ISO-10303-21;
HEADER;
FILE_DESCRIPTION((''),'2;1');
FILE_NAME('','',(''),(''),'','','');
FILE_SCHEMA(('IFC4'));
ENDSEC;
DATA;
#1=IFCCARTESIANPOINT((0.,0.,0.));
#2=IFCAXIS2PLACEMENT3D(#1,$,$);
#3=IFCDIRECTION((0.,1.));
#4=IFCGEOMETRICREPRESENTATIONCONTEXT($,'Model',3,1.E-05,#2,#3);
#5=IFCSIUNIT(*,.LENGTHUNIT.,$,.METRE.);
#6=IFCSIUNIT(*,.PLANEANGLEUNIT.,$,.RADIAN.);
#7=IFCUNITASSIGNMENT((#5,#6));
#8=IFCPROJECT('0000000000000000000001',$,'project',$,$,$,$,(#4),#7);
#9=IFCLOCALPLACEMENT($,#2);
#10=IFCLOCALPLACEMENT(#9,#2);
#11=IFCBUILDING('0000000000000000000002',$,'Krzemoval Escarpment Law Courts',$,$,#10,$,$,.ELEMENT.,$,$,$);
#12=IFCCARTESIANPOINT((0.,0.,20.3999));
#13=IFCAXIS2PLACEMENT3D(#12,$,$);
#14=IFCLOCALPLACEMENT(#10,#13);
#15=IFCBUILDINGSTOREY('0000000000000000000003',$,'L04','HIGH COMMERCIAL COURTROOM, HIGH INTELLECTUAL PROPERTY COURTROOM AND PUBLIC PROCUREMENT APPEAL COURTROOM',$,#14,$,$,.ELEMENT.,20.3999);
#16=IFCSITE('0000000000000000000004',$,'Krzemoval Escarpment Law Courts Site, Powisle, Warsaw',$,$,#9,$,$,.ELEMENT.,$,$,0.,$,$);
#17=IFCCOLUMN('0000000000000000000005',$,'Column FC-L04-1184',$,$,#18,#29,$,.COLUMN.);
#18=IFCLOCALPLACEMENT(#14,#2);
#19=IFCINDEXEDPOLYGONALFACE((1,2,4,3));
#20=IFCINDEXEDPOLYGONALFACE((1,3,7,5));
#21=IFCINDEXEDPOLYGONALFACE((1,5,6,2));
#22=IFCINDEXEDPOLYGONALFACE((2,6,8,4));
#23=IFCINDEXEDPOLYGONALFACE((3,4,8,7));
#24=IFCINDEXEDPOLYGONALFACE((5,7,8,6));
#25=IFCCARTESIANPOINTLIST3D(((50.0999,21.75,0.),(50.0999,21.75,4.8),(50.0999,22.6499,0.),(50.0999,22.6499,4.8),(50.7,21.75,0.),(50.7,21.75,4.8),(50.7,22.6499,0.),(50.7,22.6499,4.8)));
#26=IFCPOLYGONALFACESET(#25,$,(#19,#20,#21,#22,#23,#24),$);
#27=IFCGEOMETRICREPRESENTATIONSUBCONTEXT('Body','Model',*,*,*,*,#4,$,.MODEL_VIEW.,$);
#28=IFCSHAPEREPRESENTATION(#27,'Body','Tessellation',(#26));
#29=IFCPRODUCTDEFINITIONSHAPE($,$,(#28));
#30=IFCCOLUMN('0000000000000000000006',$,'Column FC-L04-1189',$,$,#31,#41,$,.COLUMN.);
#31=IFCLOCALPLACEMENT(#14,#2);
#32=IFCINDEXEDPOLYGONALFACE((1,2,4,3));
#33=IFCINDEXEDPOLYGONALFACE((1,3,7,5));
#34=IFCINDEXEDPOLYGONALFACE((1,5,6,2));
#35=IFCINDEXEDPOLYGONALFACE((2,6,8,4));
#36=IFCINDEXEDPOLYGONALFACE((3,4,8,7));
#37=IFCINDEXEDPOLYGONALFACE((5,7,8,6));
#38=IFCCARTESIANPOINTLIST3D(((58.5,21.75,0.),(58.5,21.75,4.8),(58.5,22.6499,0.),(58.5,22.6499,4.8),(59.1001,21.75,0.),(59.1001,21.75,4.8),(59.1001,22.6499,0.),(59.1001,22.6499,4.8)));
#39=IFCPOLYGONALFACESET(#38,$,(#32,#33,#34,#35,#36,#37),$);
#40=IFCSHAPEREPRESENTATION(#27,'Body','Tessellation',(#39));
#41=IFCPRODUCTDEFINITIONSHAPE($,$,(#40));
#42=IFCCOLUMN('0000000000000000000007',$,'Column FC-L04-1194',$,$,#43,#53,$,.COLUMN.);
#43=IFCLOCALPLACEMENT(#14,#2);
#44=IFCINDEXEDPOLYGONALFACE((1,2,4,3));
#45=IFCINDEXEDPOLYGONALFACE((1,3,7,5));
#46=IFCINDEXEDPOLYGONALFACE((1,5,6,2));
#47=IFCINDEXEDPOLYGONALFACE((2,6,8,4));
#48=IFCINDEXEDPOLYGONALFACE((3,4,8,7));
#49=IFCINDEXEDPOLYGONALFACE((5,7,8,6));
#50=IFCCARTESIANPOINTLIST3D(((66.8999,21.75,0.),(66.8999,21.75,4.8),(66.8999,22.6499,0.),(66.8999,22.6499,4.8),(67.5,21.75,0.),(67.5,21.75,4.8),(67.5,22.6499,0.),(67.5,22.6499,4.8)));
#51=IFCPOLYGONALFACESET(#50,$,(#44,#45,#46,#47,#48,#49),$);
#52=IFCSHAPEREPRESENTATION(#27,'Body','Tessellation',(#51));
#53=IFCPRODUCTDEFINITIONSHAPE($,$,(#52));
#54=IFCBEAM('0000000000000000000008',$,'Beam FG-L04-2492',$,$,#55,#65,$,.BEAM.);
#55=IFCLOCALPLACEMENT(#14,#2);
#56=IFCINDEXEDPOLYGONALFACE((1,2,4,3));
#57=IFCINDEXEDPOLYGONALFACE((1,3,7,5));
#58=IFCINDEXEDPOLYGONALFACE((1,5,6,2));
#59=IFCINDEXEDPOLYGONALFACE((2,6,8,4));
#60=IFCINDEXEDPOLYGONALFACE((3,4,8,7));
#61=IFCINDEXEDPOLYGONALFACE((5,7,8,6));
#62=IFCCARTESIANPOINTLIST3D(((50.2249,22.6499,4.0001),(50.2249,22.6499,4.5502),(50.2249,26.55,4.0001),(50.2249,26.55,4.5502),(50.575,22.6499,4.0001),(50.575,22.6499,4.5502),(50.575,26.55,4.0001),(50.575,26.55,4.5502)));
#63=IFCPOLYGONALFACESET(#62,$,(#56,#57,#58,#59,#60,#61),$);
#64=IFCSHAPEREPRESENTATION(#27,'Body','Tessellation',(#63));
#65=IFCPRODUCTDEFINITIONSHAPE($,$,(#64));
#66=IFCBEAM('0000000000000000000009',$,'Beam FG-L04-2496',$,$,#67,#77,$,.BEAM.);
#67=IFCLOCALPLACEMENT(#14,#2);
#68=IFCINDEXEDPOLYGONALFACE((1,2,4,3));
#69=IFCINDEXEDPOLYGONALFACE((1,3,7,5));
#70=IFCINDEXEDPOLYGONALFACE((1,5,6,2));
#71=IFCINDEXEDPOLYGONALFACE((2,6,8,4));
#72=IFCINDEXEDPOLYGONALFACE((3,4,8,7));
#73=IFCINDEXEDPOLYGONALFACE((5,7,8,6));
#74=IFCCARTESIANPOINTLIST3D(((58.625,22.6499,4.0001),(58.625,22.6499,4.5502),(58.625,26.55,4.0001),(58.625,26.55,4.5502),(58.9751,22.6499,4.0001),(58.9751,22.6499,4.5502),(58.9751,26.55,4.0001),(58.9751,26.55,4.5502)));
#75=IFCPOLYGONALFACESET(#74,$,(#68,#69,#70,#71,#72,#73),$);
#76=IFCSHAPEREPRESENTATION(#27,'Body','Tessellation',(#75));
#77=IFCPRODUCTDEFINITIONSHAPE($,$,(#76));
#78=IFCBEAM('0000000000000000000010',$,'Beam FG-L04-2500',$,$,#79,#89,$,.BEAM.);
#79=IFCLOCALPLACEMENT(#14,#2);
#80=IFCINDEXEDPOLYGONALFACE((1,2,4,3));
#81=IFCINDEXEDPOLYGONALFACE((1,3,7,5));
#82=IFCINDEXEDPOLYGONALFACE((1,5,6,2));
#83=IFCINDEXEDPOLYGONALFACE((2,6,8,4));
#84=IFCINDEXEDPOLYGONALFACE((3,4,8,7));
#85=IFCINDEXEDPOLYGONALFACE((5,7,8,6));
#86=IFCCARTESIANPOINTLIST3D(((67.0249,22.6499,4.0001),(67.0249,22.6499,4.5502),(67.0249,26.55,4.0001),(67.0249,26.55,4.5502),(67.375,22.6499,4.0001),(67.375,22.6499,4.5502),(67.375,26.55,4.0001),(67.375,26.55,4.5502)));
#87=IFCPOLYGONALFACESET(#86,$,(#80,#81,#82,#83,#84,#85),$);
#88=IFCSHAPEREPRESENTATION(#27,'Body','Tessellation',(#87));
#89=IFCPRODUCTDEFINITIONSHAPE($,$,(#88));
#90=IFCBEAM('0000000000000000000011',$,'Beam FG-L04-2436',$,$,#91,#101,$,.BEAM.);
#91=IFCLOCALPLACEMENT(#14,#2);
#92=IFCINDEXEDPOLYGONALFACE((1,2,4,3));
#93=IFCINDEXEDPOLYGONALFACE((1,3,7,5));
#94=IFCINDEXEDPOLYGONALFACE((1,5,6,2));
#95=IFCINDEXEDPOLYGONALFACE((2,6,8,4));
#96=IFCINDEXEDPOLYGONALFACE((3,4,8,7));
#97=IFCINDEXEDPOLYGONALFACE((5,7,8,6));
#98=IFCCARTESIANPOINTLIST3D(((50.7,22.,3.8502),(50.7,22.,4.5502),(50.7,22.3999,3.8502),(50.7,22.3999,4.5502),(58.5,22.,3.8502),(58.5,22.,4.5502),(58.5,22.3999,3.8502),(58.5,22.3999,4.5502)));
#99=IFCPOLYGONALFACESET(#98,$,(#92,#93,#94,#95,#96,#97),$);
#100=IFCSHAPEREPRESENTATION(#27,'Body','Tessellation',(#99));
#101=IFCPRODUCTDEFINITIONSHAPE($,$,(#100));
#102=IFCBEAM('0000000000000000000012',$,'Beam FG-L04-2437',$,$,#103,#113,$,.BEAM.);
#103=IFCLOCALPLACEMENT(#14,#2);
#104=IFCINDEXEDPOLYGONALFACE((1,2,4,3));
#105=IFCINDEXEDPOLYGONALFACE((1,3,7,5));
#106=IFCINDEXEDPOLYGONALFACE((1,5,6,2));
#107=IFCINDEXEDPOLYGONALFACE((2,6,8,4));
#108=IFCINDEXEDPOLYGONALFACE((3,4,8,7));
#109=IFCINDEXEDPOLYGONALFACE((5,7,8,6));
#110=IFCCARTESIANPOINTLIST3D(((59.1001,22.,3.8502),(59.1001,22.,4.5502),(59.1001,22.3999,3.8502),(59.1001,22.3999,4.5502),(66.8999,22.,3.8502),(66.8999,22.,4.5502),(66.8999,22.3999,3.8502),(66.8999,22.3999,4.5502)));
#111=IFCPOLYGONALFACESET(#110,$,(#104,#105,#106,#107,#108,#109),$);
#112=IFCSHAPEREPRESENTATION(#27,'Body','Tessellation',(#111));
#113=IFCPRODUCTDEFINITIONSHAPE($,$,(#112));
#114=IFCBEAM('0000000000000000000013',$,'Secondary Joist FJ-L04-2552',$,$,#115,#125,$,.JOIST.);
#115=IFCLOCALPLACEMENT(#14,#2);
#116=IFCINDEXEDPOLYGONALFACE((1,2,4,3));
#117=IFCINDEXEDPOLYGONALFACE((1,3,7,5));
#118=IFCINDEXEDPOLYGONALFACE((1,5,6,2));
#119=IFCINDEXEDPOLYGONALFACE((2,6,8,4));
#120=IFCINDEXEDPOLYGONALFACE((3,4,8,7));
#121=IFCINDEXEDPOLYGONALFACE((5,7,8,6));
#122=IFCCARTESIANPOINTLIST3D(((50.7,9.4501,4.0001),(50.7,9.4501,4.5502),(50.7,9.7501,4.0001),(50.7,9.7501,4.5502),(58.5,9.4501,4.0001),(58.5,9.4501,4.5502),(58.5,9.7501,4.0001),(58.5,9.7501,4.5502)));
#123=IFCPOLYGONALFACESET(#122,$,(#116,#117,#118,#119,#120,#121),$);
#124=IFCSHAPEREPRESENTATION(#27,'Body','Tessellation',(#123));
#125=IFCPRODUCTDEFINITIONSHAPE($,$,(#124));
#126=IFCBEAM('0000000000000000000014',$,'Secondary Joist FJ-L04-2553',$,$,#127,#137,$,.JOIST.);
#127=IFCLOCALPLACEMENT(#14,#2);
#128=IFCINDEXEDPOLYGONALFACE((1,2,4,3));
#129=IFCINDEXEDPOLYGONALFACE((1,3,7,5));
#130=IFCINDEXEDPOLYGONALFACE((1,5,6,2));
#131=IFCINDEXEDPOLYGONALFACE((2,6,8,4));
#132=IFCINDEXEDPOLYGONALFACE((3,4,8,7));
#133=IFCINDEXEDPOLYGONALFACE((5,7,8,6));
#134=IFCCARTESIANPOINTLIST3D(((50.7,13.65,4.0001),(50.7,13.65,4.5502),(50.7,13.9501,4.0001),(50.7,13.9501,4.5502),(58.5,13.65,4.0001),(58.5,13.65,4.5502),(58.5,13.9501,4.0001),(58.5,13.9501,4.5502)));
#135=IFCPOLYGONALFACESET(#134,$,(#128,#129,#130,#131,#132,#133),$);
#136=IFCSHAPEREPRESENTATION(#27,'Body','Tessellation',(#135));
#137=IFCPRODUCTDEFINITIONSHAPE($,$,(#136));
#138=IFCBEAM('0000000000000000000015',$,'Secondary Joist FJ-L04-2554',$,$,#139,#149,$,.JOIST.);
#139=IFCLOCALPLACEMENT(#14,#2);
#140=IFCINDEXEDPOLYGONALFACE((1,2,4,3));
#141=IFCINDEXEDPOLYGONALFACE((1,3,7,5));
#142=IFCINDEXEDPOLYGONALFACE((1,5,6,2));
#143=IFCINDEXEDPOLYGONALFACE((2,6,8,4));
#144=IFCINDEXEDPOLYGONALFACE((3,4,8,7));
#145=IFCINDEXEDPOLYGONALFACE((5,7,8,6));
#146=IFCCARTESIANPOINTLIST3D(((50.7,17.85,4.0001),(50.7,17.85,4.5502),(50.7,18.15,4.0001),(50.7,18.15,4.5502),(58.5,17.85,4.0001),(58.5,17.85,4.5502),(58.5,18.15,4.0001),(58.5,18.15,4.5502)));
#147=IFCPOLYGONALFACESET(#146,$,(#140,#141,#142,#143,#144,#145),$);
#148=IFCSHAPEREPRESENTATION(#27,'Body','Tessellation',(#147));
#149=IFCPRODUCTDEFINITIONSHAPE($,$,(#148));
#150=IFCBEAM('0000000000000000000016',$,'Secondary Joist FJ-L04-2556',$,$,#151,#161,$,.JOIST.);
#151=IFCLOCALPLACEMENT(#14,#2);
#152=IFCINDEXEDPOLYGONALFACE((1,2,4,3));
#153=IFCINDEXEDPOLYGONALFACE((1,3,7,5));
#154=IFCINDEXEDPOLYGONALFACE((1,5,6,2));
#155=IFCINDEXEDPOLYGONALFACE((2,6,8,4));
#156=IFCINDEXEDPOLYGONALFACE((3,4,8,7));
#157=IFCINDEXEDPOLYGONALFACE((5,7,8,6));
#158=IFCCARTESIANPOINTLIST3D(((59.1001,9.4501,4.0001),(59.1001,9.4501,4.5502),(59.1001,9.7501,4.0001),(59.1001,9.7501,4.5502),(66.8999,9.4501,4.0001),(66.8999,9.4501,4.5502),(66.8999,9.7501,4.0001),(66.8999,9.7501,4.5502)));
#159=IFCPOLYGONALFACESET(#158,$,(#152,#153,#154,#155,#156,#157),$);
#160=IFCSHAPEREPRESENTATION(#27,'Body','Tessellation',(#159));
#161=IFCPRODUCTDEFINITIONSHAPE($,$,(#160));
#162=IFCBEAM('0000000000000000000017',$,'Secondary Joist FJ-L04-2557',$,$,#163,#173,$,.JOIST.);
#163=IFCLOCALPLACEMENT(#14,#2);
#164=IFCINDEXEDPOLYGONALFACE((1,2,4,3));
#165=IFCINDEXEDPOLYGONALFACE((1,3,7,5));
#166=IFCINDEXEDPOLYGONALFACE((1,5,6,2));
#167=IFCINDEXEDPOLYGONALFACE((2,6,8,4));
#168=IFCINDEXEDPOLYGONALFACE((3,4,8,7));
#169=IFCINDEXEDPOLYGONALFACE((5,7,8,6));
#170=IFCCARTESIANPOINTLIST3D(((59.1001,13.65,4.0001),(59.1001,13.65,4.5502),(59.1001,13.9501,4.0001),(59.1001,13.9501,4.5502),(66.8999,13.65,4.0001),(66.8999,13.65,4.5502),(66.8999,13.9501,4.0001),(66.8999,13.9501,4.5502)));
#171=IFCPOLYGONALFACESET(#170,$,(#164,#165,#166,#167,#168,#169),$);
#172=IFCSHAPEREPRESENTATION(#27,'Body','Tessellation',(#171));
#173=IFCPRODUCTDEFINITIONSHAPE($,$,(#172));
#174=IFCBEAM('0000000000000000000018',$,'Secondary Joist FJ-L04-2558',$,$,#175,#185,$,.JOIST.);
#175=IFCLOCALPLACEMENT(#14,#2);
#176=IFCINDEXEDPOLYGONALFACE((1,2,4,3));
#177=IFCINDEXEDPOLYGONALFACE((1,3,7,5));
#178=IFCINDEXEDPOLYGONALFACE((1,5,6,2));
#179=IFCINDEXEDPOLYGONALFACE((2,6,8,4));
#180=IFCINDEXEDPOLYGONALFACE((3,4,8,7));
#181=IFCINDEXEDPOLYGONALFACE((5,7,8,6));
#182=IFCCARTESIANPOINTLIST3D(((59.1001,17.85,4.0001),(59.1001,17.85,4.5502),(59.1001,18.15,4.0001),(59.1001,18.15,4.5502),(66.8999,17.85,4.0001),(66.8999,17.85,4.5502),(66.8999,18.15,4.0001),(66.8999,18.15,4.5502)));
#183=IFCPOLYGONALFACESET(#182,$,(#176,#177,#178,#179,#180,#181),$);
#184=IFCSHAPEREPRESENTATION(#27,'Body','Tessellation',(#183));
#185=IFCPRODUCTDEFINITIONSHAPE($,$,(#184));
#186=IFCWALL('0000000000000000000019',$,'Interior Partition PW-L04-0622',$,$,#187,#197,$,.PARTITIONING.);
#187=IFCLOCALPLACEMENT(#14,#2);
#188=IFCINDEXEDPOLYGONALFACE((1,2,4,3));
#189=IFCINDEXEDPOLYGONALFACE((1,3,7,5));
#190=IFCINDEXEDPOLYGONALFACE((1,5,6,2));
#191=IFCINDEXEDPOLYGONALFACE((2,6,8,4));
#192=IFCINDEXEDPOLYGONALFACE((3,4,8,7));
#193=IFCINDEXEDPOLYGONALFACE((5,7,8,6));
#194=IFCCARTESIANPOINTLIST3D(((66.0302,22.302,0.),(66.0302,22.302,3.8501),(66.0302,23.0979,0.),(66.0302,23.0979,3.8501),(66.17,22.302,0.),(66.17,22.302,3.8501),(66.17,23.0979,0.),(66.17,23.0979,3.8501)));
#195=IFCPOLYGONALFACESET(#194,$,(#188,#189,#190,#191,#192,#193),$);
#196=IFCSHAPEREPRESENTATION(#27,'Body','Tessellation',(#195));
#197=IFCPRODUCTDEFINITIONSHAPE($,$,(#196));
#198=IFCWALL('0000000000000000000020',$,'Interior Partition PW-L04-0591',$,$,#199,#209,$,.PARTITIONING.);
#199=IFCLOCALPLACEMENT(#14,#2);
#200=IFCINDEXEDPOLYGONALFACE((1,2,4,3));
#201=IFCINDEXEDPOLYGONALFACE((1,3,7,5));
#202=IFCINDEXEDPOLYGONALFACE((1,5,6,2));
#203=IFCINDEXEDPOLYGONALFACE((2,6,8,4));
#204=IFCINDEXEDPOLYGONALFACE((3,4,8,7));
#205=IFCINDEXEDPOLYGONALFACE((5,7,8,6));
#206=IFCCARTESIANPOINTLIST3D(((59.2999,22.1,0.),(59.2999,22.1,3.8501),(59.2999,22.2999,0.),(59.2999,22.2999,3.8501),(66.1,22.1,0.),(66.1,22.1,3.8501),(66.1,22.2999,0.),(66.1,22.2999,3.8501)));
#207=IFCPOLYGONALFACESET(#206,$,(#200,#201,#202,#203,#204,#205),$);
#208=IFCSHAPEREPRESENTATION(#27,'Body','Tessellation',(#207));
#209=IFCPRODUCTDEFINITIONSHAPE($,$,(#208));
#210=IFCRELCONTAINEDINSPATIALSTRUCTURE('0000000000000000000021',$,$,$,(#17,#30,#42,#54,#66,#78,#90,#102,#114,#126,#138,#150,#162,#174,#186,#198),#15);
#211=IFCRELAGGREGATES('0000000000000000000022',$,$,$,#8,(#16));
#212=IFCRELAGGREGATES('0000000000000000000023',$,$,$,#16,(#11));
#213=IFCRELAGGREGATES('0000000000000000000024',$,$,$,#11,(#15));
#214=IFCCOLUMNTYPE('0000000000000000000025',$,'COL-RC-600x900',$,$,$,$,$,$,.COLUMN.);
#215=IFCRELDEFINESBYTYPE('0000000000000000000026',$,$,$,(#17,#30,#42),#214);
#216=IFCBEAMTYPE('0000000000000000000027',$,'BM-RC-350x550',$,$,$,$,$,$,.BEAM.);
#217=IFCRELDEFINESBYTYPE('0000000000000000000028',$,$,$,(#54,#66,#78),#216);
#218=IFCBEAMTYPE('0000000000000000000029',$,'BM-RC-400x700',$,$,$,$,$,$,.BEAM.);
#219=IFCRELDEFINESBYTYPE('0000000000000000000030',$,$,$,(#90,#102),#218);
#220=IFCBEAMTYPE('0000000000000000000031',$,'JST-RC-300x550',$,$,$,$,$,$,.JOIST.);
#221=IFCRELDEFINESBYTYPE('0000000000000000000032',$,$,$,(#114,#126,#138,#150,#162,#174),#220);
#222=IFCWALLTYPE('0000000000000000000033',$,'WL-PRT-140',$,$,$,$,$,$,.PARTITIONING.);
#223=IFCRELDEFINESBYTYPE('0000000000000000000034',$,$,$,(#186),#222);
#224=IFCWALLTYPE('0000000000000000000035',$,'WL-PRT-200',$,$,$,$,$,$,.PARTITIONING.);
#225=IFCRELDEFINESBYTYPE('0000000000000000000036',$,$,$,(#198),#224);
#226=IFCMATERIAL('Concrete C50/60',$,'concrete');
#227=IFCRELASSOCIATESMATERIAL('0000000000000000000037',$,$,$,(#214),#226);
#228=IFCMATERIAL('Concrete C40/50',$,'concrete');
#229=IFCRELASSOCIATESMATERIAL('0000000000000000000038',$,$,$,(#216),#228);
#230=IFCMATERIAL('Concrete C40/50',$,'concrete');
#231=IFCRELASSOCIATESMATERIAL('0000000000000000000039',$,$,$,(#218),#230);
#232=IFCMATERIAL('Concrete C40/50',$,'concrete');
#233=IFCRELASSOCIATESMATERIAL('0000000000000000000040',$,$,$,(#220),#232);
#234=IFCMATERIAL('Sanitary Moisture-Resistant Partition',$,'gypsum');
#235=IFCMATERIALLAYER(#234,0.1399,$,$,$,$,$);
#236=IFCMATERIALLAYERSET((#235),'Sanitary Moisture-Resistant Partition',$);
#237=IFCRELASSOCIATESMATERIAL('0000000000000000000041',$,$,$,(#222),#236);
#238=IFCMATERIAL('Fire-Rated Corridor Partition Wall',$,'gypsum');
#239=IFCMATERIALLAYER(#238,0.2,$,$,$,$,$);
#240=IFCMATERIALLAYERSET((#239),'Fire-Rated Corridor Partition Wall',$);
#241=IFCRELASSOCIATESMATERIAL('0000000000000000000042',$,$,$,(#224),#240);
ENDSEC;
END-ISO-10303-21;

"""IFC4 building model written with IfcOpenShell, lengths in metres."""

from ifc_helpers import new_model, si_unit, direction, frame, frame_2d, origin, origin_2d, place, context, subcontext, project, spatial, rectangle, extrude, material, layer, layer_set, material_profile, profile_set, type_object, element, save


model = new_model("IFC4")

# Units and contexts
model_context = context("Model", 3, precision=1e-05, world=origin(), true_north=direction((0.0, 1.0)))
body_context = subcontext(model_context, "Body", "Model", "MODEL_VIEW")
ifc_project = project(units=[si_unit("LENGTHUNIT", "METRE"), si_unit("PLANEANGLEUNIT", "RADIAN")], contexts=[model_context])

# Site, building, storey
site_placement = place(None, origin())
site = spatial("IfcSite", under=ifc_project, at=site_placement, Name="Krzemoval Escarpment Law Courts Site, Powisle, Warsaw", CompositionType="ELEMENT", RefElevation=0.0)
building_placement = place(site_placement, origin())
building = spatial("IfcBuilding", under=site, at=building_placement, Name="Krzemoval Escarpment Law Courts", CompositionType="ELEMENT")
storey_placement = place(building_placement, frame((0.0, 0.0, 20.3999)))
storey = spatial("IfcBuildingStorey", under=building, at=storey_placement, Name="L04", Description="HIGH COMMERCIAL COURTROOM, HIGH INTELLECTUAL PROPERTY COURTROOM AND PUBLIC PROCUREMENT APPEAL COURTROOM", CompositionType="ELEMENT", Elevation=20.3999)

# Columns
ifc_material_1 = material(Name="Concrete C50/60", Category="concrete")
ifc_material_profile_1 = material_profile(ifc_material_1, rectangle(XDim=0.6001, YDim=0.8999, at=origin_2d()), Name="RC 600x900")
ifc_profile_set_1 = profile_set([ifc_material_profile_1], Name="Concrete C50/60")
column_type = type_object("IfcColumnType", Name="COL-RC-600x900", PredefinedType="COLUMN", material=ifc_profile_set_1)
for number, where, z_axis, x_axis, name in (
    (1, (50.3999, 22.2, 0.0), (0.0, 0.0, 1.0), (1.0, 0.0, 0.0), "Column FC-L04-1184"),
    (2, (58.8, 22.2, 0.0), (0.0, 0.0, 1.0), (1.0, 0.0, 0.0), "Column FC-L04-1189"),
    (3, (67.2, 22.2, 0.0), (0.0, 0.0, 1.0), (1.0, 0.0, 0.0), "Column FC-L04-1194"),
):
    element("IfcColumn", number, at=place(storey_placement, frame(where, z_axis=z_axis, x_axis=x_axis)), inside=storey, type_object=column_type, Name=name, PredefinedType="COLUMN", context=body_context, shape_type="SweptSolid", body=[
        extrude(rectangle(XDim=0.6001, YDim=0.8999, at=origin_2d()), origin(), (0.0, 0.0, 1.0), 4.8),
    ])

# Beams
ifc_material_2 = material(Name="Concrete C40/50", Category="concrete")
ifc_material_profile_2 = material_profile(ifc_material_2, rectangle(XDim=0.3501, YDim=0.55, at=origin_2d()), Name="RCB 350x550")
ifc_profile_set_2 = profile_set([ifc_material_profile_2], Name="Concrete C40/50")
beam_type_1 = type_object("IfcBeamType", Name="BM-RC-350x550", PredefinedType="BEAM", material=ifc_profile_set_2)
for number, where, z_axis, x_axis, name in (
    (4, (50.3999, 22.6499, 4.2751), (0.0, 1.0, 0.0), (-1.0, 0.0, 0.0), "Beam FG-L04-2492"),
    (5, (58.8, 22.6499, 4.2751), (0.0, 1.0, 0.0), (-1.0, 0.0, 0.0), "Beam FG-L04-2496"),
    (6, (67.2, 22.6499, 4.2751), (0.0, 1.0, 0.0), (-1.0, 0.0, 0.0), "Beam FG-L04-2500"),
):
    element("IfcBeam", number, at=place(storey_placement, frame(where, z_axis=z_axis, x_axis=x_axis)), inside=storey, type_object=beam_type_1, Name=name, PredefinedType="BEAM", context=body_context, shape_type="SweptSolid", body=[
        extrude(rectangle(XDim=0.3501, YDim=0.55, at=origin_2d()), origin(), (0.0, 0.0, 1.0), 3.9001),
    ])
ifc_material_3 = material(Name="Concrete C40/50", Category="concrete")
ifc_material_profile_3 = material_profile(ifc_material_3, rectangle(XDim=0.3999, YDim=0.7, at=origin_2d()), Name="RCB 400x700")
ifc_profile_set_3 = profile_set([ifc_material_profile_3], Name="Concrete C40/50")
beam_type_2 = type_object("IfcBeamType", Name="BM-RC-400x700", PredefinedType="BEAM", material=ifc_profile_set_3)
beam_1_placement = place(storey_placement, frame((50.7, 22.2, 4.2002), z_axis=(1.0, 0.0, 0.0), x_axis=(0.0, 1.0, 0.0)))
element("IfcBeam", 7, at=beam_1_placement, inside=storey, type_object=beam_type_2, Name="Beam FG-L04-2436", PredefinedType="BEAM", context=body_context, shape_type="SweptSolid", body=[
    extrude(rectangle(XDim=0.3999, YDim=0.7, at=origin_2d()), origin(), (0.0, 0.0, 1.0), 7.8),
])
beam_2_placement = place(storey_placement, frame((59.1001, 22.2, 4.2002), z_axis=(1.0, 0.0, 0.0), x_axis=(0.0, 1.0, 0.0)))
element("IfcBeam", 8, at=beam_2_placement, inside=storey, type_object=beam_type_2, Name="Beam FG-L04-2437", PredefinedType="BEAM", context=body_context, shape_type="SweptSolid", body=[
    extrude(rectangle(XDim=0.3999, YDim=0.7, at=origin_2d()), origin(), (0.0, 0.0, 1.0), 7.7998),
])
ifc_material_4 = material(Name="Concrete C40/50", Category="concrete")
ifc_material_profile_4 = material_profile(ifc_material_4, rectangle(XDim=0.3, YDim=0.55, at=origin_2d()), Name="RCB 300x550")
ifc_profile_set_4 = profile_set([ifc_material_profile_4], Name="Concrete C40/50")
beam_type_3 = type_object("IfcBeamType", Name="JST-RC-300x550", PredefinedType="JOIST", material=ifc_profile_set_4)
for number, where, z_axis, x_axis, name in (
    (9, (50.7, 9.6001, 4.2751), (1.0, 0.0, 0.0), (0.0, 1.0, 0.0), "Secondary Joist FJ-L04-2552"),
    (10, (50.7, 13.8, 4.2751), (1.0, 0.0, 0.0), (0.0, 1.0, 0.0), "Secondary Joist FJ-L04-2553"),
    (11, (50.7, 18.0, 4.2751), (1.0, 0.0, 0.0), (0.0, 1.0, 0.0), "Secondary Joist FJ-L04-2554"),
):
    element("IfcBeam", number, at=place(storey_placement, frame(where, z_axis=z_axis, x_axis=x_axis)), inside=storey, type_object=beam_type_3, Name=name, PredefinedType="JOIST", context=body_context, shape_type="SweptSolid", body=[
        extrude(rectangle(XDim=0.3, YDim=0.55, at=origin_2d()), origin(), (0.0, 0.0, 1.0), 7.8),
    ])
for number, where, z_axis, x_axis, name in (
    (12, (59.1001, 9.6001, 4.2751), (1.0, 0.0, 0.0), (0.0, 1.0, 0.0), "Secondary Joist FJ-L04-2556"),
    (13, (59.1001, 13.8, 4.2751), (1.0, 0.0, 0.0), (0.0, 1.0, 0.0), "Secondary Joist FJ-L04-2557"),
    (14, (59.1001, 18.0, 4.2751), (1.0, 0.0, 0.0), (0.0, 1.0, 0.0), "Secondary Joist FJ-L04-2558"),
):
    element("IfcBeam", number, at=place(storey_placement, frame(where, z_axis=z_axis, x_axis=x_axis)), inside=storey, type_object=beam_type_3, Name=name, PredefinedType="JOIST", context=body_context, shape_type="SweptSolid", body=[
        extrude(rectangle(XDim=0.3, YDim=0.55, at=origin_2d()), origin(), (0.0, 0.0, 1.0), 7.7998),
    ])

# Walls
ifc_material_5 = material(Name="Sanitary Moisture-Resistant Partition", Category="gypsum")
ifc_layer_1 = layer(ifc_material_5, 0.1399)
ifc_layer_set_1 = layer_set([ifc_layer_1], Name="Sanitary Moisture-Resistant Partition")
wall_type_1 = type_object("IfcWallType", Name="WL-PRT-140", PredefinedType="PARTITIONING", material=ifc_layer_set_1)
wall_1_placement = place(storey_placement, frame((66.1001, 22.302, 0.0), z_axis=(0.0, 0.0, 1.0), x_axis=(0.0, 1.0, 0.0)))
element("IfcWall", 15, at=wall_1_placement, inside=storey, type_object=wall_type_1, Name="Interior Partition PW-L04-0622", PredefinedType="PARTITIONING", context=body_context, shape_type="SweptSolid", body=[
    extrude(rectangle(XDim=0.7959, YDim=0.1399, at=frame_2d((0.3979, 0.0))), origin(), (0.0, 0.0, 1.0), 3.8501),
])
ifc_material_6 = material(Name="Fire-Rated Corridor Partition Wall", Category="gypsum")
ifc_layer_2 = layer(ifc_material_6, 0.2)
ifc_layer_set_2 = layer_set([ifc_layer_2], Name="Fire-Rated Corridor Partition Wall")
wall_type_2 = type_object("IfcWallType", Name="WL-PRT-200", PredefinedType="PARTITIONING", material=ifc_layer_set_2)
wall_2_placement = place(storey_placement, frame((59.3, 22.2, 0.0), z_axis=(0.0, 0.0, 1.0), x_axis=(1.0, 0.0, 0.0)))
element("IfcWall", 16, at=wall_2_placement, inside=storey, type_object=wall_type_2, Name="Interior Partition PW-L04-0591", PredefinedType="PARTITIONING", context=body_context, shape_type="SweptSolid", body=[
    extrude(rectangle(XDim=6.8, YDim=0.2, at=frame_2d((3.3999, 0.0))), origin(), (0.0, 0.0, 1.0), 3.8501),
])

save(model, "model.ifc")
